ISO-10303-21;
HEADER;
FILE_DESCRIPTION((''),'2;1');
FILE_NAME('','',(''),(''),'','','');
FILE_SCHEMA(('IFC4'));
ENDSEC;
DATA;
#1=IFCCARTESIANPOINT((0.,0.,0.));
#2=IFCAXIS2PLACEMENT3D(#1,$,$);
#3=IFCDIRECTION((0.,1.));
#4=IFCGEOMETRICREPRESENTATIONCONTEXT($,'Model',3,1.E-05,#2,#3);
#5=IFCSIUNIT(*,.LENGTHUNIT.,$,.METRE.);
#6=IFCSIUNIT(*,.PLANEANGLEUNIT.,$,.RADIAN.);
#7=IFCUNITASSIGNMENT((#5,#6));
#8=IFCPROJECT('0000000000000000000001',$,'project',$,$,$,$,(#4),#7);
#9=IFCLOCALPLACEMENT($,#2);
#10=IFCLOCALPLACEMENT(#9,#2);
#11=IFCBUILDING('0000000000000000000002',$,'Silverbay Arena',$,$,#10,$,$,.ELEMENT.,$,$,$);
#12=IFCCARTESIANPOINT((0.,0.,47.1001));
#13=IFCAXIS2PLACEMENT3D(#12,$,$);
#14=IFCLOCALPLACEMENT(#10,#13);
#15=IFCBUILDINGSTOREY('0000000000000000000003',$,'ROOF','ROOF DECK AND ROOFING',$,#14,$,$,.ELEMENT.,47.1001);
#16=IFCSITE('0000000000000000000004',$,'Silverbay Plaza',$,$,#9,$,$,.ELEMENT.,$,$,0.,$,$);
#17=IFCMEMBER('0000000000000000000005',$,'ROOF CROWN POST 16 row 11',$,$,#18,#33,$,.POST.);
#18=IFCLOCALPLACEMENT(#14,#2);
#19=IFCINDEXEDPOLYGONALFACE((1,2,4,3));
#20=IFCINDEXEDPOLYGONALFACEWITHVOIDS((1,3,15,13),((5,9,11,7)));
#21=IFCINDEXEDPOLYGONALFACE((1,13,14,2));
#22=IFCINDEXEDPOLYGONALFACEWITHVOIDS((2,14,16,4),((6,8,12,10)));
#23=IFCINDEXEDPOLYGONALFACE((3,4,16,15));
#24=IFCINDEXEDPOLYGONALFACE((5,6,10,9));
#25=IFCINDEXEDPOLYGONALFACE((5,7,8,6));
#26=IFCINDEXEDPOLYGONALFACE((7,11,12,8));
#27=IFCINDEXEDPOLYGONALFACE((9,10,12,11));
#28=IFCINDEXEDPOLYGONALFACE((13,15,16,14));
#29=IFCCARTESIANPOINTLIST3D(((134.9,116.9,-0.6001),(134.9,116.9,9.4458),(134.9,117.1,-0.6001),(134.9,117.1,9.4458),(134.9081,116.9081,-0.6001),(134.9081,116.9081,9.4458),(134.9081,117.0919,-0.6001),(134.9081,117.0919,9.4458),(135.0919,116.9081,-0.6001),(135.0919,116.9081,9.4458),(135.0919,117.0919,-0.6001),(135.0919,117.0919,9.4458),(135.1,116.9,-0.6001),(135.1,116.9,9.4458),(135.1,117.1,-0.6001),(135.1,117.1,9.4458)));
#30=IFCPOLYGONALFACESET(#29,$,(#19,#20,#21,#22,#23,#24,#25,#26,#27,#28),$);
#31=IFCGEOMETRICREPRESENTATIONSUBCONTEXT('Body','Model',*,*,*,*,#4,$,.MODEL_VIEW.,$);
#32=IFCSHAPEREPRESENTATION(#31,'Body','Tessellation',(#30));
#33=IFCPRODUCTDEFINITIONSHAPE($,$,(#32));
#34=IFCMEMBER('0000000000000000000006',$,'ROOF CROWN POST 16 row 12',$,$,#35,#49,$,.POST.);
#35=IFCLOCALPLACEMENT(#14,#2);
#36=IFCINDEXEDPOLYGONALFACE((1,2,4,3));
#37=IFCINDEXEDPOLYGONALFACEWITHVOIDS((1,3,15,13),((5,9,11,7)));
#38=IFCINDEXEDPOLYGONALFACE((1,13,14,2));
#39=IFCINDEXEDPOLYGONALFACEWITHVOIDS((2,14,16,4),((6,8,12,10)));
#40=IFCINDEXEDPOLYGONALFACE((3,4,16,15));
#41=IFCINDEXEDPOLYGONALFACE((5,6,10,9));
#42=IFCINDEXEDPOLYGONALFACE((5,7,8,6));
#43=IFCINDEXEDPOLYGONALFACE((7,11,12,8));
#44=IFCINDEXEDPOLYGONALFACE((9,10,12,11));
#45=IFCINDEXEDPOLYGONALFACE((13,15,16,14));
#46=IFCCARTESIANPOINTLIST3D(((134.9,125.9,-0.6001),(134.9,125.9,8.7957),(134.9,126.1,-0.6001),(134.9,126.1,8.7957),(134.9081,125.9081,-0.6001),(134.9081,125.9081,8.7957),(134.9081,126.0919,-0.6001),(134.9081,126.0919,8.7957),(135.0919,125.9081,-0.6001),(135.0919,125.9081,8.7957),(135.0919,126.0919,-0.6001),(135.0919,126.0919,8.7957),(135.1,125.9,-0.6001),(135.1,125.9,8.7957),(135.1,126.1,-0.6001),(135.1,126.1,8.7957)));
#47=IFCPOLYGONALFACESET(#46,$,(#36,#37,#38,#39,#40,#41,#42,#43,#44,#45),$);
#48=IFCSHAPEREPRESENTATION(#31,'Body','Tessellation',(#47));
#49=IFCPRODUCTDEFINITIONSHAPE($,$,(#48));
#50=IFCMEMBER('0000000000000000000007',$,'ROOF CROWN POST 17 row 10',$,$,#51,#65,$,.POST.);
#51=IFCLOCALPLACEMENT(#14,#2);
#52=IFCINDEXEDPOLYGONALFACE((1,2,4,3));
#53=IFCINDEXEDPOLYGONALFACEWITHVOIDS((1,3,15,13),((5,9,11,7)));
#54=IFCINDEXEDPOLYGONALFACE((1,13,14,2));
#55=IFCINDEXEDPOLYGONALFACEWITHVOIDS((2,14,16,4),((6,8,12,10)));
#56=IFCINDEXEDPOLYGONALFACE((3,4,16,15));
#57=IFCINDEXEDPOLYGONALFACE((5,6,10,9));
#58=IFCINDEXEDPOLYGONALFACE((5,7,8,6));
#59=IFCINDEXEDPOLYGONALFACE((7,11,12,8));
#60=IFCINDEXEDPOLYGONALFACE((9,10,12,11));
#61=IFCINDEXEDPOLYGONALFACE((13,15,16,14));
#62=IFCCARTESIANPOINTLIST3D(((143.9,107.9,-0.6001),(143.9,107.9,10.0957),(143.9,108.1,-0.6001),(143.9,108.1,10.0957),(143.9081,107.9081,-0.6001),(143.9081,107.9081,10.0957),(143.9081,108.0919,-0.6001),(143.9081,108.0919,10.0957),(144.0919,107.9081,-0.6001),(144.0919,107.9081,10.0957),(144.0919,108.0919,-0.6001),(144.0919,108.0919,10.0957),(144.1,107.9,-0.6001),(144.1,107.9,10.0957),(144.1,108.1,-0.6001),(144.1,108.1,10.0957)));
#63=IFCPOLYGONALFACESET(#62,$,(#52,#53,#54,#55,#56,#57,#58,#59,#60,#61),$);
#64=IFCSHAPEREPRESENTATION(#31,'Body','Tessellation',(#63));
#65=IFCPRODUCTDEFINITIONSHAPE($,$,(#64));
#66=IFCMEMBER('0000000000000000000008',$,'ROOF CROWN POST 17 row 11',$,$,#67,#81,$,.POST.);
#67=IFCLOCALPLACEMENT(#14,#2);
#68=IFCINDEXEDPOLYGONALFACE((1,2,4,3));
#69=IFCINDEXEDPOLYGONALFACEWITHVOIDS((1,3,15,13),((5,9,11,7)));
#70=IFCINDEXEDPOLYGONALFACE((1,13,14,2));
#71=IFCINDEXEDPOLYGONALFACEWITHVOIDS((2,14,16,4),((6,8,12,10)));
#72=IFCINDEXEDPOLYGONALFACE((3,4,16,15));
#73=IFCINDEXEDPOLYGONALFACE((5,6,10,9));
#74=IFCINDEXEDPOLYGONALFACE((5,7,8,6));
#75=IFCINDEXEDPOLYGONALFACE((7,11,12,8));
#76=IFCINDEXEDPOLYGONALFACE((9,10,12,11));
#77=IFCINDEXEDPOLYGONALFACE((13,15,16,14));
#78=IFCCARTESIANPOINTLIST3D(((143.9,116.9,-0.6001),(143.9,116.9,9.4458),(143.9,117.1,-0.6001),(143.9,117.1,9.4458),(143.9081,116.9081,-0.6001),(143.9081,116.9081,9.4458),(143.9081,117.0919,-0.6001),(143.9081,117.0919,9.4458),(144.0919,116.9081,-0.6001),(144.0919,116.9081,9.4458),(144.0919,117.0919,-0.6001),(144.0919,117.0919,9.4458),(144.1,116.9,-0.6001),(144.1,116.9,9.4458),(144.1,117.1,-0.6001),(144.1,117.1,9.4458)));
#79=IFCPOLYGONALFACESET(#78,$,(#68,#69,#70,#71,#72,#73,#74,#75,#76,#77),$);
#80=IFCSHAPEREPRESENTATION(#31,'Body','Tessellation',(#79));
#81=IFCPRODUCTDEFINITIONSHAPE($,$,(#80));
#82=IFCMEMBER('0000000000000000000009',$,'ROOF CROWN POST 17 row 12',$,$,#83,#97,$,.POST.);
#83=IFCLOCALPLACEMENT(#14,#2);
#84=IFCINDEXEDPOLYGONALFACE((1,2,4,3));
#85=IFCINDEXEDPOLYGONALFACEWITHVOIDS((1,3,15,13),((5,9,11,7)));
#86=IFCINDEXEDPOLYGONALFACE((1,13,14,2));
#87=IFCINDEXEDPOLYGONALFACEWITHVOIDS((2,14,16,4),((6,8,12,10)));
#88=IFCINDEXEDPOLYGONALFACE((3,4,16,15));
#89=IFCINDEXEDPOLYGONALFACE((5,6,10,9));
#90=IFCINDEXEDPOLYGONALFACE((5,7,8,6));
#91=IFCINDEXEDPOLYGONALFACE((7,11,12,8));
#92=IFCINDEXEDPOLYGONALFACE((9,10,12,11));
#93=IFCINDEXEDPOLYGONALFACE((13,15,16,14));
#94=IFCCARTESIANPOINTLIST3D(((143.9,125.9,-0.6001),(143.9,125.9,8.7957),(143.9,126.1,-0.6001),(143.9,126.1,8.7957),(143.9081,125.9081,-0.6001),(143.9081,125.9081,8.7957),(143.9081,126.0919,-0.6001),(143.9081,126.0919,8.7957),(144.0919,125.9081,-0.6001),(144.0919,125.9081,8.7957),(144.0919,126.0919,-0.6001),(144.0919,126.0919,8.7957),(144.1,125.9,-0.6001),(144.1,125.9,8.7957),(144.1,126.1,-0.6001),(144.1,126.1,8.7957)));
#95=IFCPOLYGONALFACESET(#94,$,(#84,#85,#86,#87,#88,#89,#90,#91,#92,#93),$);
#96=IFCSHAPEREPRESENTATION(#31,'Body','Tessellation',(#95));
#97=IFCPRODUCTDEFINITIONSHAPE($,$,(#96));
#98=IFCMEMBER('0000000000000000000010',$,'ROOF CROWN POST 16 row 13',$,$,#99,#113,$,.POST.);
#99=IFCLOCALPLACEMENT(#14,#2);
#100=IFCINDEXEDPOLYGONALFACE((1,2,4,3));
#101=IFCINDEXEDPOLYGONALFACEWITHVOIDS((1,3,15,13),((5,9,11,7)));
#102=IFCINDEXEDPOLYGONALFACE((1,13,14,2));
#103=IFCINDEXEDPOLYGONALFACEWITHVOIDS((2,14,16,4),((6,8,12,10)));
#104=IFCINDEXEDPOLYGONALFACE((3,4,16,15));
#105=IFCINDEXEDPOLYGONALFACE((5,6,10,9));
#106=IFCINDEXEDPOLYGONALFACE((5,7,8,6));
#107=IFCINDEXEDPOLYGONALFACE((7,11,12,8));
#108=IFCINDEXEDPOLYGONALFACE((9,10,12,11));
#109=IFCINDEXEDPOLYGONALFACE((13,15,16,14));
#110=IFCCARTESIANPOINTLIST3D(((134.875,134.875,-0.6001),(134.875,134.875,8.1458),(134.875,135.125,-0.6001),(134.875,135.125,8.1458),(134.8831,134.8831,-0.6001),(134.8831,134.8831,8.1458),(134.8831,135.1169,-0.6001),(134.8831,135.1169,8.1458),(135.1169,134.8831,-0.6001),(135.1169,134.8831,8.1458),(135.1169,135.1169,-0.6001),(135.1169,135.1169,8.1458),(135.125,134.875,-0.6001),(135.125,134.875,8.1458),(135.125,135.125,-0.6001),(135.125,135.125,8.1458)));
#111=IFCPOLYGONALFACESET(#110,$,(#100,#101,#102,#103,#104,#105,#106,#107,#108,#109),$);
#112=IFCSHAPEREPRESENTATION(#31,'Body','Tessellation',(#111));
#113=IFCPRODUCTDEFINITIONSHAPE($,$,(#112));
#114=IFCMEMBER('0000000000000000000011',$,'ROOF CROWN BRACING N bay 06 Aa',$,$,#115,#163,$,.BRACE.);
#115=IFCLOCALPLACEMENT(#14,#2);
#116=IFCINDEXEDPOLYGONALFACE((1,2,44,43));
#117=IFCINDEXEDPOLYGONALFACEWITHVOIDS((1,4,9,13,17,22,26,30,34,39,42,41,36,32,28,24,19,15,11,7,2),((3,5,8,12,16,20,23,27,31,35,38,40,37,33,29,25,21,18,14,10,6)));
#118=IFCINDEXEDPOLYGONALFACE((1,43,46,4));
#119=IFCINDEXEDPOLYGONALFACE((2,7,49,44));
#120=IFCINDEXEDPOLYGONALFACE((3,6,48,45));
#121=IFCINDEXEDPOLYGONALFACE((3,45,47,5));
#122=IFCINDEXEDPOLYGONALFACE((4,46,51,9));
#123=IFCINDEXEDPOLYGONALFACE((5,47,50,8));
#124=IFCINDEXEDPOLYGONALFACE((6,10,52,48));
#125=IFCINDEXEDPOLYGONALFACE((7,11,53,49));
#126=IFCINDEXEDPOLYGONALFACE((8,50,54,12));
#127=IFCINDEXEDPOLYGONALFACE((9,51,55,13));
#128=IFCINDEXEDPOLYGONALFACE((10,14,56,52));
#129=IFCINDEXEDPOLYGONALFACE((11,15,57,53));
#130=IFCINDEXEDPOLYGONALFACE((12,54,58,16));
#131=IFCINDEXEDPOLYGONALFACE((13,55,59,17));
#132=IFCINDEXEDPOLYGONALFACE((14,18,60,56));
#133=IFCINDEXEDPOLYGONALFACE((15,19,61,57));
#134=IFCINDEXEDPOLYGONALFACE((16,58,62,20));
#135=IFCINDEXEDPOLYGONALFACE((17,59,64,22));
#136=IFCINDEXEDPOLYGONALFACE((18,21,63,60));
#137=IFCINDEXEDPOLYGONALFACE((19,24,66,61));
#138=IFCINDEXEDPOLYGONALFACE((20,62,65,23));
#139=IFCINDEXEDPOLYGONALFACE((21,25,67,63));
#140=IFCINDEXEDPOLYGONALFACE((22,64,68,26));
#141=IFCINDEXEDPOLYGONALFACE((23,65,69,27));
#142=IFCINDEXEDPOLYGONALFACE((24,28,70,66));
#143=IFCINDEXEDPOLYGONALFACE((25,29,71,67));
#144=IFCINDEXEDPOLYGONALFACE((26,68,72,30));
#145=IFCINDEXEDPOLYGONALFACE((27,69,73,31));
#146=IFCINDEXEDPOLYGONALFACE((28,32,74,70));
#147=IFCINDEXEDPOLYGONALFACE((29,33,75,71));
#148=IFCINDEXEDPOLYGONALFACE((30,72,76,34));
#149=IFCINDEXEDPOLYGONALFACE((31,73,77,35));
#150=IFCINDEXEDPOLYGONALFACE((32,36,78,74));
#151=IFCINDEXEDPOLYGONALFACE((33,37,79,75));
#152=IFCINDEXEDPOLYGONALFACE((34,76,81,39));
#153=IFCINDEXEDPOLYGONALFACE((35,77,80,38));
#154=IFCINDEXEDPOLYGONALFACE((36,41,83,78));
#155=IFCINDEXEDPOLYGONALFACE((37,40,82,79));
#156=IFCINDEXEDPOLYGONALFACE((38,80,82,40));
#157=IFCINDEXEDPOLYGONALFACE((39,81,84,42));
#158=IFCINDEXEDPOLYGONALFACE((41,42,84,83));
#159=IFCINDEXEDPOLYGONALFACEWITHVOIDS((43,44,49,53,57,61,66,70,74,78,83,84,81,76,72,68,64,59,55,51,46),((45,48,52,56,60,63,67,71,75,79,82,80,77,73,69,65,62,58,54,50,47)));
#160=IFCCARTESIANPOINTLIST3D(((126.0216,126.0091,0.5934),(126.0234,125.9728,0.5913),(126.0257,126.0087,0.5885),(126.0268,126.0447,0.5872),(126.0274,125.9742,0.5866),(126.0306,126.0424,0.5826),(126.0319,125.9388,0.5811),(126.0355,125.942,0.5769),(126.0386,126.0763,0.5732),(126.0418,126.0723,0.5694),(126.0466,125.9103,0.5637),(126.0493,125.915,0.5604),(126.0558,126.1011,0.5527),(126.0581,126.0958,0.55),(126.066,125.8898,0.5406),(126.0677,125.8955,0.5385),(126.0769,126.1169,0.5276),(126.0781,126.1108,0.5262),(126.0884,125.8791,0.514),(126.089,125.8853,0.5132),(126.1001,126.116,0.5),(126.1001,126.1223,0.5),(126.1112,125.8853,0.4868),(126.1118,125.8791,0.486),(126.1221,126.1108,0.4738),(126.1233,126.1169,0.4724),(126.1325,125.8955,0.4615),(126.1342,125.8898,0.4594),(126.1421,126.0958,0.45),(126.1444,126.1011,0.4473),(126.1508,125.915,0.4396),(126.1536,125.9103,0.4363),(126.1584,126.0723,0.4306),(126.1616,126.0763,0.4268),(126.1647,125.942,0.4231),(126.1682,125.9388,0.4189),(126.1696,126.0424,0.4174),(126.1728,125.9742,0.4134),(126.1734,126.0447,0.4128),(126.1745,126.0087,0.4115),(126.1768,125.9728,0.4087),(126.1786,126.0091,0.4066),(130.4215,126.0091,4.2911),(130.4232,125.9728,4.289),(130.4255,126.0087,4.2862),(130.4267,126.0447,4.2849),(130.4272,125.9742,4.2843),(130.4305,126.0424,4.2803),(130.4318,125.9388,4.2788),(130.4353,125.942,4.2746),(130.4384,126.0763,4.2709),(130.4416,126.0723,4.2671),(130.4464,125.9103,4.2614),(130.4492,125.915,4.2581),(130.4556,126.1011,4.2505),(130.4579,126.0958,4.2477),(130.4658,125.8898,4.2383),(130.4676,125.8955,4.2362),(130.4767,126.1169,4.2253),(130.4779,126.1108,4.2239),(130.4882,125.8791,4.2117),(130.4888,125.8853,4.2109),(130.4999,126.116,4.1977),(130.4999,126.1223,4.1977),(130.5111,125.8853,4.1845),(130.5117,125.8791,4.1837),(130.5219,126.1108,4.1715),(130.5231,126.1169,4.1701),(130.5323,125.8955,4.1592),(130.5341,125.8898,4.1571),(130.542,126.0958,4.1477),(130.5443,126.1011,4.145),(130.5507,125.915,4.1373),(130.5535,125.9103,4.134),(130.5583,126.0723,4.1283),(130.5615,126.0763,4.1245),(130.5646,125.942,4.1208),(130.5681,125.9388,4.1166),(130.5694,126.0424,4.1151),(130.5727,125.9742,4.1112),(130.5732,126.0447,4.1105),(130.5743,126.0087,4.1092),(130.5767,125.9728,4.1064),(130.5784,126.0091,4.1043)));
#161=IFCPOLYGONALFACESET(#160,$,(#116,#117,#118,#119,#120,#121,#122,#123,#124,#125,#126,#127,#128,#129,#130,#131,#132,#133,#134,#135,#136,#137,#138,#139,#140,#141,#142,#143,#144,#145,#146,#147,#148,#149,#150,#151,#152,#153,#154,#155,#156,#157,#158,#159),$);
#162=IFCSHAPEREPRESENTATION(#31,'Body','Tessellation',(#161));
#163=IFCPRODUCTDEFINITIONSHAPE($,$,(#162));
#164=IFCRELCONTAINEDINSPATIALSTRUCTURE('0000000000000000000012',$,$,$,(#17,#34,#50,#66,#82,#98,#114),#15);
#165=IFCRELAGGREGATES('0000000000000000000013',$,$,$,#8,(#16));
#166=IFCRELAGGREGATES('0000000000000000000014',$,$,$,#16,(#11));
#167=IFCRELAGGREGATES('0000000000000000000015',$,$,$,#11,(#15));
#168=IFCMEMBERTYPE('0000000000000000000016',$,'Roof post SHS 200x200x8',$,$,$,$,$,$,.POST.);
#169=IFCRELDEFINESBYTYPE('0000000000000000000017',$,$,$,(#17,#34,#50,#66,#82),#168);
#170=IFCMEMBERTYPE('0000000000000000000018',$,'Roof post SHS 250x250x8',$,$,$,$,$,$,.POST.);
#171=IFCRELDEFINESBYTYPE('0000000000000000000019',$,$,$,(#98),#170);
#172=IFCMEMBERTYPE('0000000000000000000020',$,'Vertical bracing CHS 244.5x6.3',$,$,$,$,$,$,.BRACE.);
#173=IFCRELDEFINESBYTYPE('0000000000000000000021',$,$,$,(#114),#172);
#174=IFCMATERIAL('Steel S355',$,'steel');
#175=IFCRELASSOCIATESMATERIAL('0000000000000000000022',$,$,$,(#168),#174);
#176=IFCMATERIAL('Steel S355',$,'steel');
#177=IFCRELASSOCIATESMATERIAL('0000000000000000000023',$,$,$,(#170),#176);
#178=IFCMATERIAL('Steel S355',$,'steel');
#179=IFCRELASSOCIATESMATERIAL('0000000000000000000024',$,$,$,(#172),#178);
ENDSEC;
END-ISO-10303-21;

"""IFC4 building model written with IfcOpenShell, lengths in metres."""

from ifc_helpers import new_model, si_unit, direction, frame, origin, origin_2d, place, context, subcontext, project, spatial, hollow_rectangle, hollow_circle, extrude, material, material_profile, profile_set, type_object, element, save


model = new_model("IFC4")

# Units and contexts
model_context = context("Model", 3, precision=1e-05, world=origin(), true_north=direction((0.0, 1.0)))
body_context = subcontext(model_context, "Body", "Model", "MODEL_VIEW")
ifc_project = project(units=[si_unit("LENGTHUNIT", "METRE"), si_unit("PLANEANGLEUNIT", "RADIAN")], contexts=[model_context])

# Site, building, storey
site_placement = place(None, origin())
site = spatial("IfcSite", under=ifc_project, at=site_placement, Name="Silverbay Plaza", CompositionType="ELEMENT", RefElevation=0.0)
building_placement = place(site_placement, origin())
building = spatial("IfcBuilding", under=site, at=building_placement, Name="Silverbay Arena", CompositionType="ELEMENT")
storey_placement = place(building_placement, frame((0.0, 0.0, 47.1001)))
storey = spatial("IfcBuildingStorey", under=building, at=storey_placement, Name="ROOF", Description="ROOF DECK AND ROOFING", CompositionType="ELEMENT", Elevation=47.1001)

# Members
ifc_material_1 = material(Name="Steel S355", Category="steel")
ifc_material_profile_1 = material_profile(ifc_material_1, hollow_rectangle(XDim=0.2, YDim=0.2, WallThickness=0.0081, at=origin_2d()), Name="SHS 200x200x8")
ifc_profile_set_1 = profile_set([ifc_material_profile_1], Name="Steel S355")
member_type_1 = type_object("IfcMemberType", Name="Roof post SHS 200x200x8", PredefinedType="POST", material=ifc_profile_set_1)
member_1_placement = place(storey_placement, frame((135.0, 117.0, -0.6001), z_axis=(0.0, 0.0, 1.0), x_axis=(1.0, 0.0, 0.0)))
element("IfcMember", 1, at=member_1_placement, inside=storey, type_object=member_type_1, Name="ROOF CROWN POST 16 row 11", PredefinedType="POST", context=body_context, shape_type="SweptSolid", body=[
    extrude(hollow_rectangle(XDim=0.2, YDim=0.2, WallThickness=0.0081, at=origin_2d()), origin(), (0.0, 0.0, 1.0), 10.0459),
])
member_2_placement = place(storey_placement, frame((135.0, 126.0, -0.6001), z_axis=(0.0, 0.0, 1.0), x_axis=(1.0, 0.0, 0.0)))
element("IfcMember", 2, at=member_2_placement, inside=storey, type_object=member_type_1, Name="ROOF CROWN POST 16 row 12", PredefinedType="POST", context=body_context, shape_type="SweptSolid", body=[
    extrude(hollow_rectangle(XDim=0.2, YDim=0.2, WallThickness=0.0081, at=origin_2d()), origin(), (0.0, 0.0, 1.0), 9.3958),
])
member_3_placement = place(storey_placement, frame((144.0, 108.0, -0.6001), z_axis=(0.0, 0.0, 1.0), x_axis=(1.0, 0.0, 0.0)))
element("IfcMember", 3, at=member_3_placement, inside=storey, type_object=member_type_1, Name="ROOF CROWN POST 17 row 10", PredefinedType="POST", context=body_context, shape_type="SweptSolid", body=[
    extrude(hollow_rectangle(XDim=0.2, YDim=0.2, WallThickness=0.0081, at=origin_2d()), origin(), (0.0, 0.0, 1.0), 10.6958),
])
member_4_placement = place(storey_placement, frame((144.0, 117.0, -0.6001), z_axis=(0.0, 0.0, 1.0), x_axis=(1.0, 0.0, 0.0)))
element("IfcMember", 4, at=member_4_placement, inside=storey, type_object=member_type_1, Name="ROOF CROWN POST 17 row 11", PredefinedType="POST", context=body_context, shape_type="SweptSolid", body=[
    extrude(hollow_rectangle(XDim=0.2, YDim=0.2, WallThickness=0.0081, at=origin_2d()), origin(), (0.0, 0.0, 1.0), 10.0459),
])
member_5_placement = place(storey_placement, frame((144.0, 126.0, -0.6001), z_axis=(0.0, 0.0, 1.0), x_axis=(1.0, 0.0, 0.0)))
element("IfcMember", 5, at=member_5_placement, inside=storey, type_object=member_type_1, Name="ROOF CROWN POST 17 row 12", PredefinedType="POST", context=body_context, shape_type="SweptSolid", body=[
    extrude(hollow_rectangle(XDim=0.2, YDim=0.2, WallThickness=0.0081, at=origin_2d()), origin(), (0.0, 0.0, 1.0), 9.3958),
])
ifc_material_2 = material(Name="Steel S355", Category="steel")
ifc_material_profile_2 = material_profile(ifc_material_2, hollow_rectangle(XDim=0.25, YDim=0.25, WallThickness=0.0081, at=origin_2d()), Name="SHS 250x250x8")
ifc_profile_set_2 = profile_set([ifc_material_profile_2], Name="Steel S355")
member_type_2 = type_object("IfcMemberType", Name="Roof post SHS 250x250x8", PredefinedType="POST", material=ifc_profile_set_2)
member_6_placement = place(storey_placement, frame((135.0, 135.0, -0.6001), z_axis=(0.0, 0.0, 1.0), x_axis=(1.0, 0.0, 0.0)))
element("IfcMember", 6, at=member_6_placement, inside=storey, type_object=member_type_2, Name="ROOF CROWN POST 16 row 13", PredefinedType="POST", context=body_context, shape_type="SweptSolid", body=[
    extrude(hollow_rectangle(XDim=0.25, YDim=0.25, WallThickness=0.0081, at=origin_2d()), origin(), (0.0, 0.0, 1.0), 8.7458),
])
ifc_material_3 = material(Name="Steel S355", Category="steel")
ifc_material_profile_3 = material_profile(ifc_material_3, hollow_circle(Radius=0.1223, WallThickness=0.0063, at=origin_2d()), Name="CHS 244.5x6.3")
ifc_profile_set_3 = profile_set([ifc_material_profile_3], Name="Steel S355")
member_type_3 = type_object("IfcMemberType", Name="Vertical bracing CHS 244.5x6.3", PredefinedType="BRACE", material=ifc_profile_set_3)
member_7_placement = place(storey_placement, frame((126.1001, 126.0, 0.5), z_axis=(0.765548, 0.0, 0.643379), x_axis=(0.0, 1.0, 0.0)))
element("IfcMember", 7, at=member_7_placement, inside=storey, type_object=member_type_3, Name="ROOF CROWN BRACING N bay 06 Aa", PredefinedType="BRACE", context=body_context, shape_type="SweptSolid", body=[
    extrude(hollow_circle(Radius=0.1223, WallThickness=0.0063, at=origin_2d()), origin(), (0.0, 0.0, 1.0), 5.7473),
])

save(model, "model.ifc")
